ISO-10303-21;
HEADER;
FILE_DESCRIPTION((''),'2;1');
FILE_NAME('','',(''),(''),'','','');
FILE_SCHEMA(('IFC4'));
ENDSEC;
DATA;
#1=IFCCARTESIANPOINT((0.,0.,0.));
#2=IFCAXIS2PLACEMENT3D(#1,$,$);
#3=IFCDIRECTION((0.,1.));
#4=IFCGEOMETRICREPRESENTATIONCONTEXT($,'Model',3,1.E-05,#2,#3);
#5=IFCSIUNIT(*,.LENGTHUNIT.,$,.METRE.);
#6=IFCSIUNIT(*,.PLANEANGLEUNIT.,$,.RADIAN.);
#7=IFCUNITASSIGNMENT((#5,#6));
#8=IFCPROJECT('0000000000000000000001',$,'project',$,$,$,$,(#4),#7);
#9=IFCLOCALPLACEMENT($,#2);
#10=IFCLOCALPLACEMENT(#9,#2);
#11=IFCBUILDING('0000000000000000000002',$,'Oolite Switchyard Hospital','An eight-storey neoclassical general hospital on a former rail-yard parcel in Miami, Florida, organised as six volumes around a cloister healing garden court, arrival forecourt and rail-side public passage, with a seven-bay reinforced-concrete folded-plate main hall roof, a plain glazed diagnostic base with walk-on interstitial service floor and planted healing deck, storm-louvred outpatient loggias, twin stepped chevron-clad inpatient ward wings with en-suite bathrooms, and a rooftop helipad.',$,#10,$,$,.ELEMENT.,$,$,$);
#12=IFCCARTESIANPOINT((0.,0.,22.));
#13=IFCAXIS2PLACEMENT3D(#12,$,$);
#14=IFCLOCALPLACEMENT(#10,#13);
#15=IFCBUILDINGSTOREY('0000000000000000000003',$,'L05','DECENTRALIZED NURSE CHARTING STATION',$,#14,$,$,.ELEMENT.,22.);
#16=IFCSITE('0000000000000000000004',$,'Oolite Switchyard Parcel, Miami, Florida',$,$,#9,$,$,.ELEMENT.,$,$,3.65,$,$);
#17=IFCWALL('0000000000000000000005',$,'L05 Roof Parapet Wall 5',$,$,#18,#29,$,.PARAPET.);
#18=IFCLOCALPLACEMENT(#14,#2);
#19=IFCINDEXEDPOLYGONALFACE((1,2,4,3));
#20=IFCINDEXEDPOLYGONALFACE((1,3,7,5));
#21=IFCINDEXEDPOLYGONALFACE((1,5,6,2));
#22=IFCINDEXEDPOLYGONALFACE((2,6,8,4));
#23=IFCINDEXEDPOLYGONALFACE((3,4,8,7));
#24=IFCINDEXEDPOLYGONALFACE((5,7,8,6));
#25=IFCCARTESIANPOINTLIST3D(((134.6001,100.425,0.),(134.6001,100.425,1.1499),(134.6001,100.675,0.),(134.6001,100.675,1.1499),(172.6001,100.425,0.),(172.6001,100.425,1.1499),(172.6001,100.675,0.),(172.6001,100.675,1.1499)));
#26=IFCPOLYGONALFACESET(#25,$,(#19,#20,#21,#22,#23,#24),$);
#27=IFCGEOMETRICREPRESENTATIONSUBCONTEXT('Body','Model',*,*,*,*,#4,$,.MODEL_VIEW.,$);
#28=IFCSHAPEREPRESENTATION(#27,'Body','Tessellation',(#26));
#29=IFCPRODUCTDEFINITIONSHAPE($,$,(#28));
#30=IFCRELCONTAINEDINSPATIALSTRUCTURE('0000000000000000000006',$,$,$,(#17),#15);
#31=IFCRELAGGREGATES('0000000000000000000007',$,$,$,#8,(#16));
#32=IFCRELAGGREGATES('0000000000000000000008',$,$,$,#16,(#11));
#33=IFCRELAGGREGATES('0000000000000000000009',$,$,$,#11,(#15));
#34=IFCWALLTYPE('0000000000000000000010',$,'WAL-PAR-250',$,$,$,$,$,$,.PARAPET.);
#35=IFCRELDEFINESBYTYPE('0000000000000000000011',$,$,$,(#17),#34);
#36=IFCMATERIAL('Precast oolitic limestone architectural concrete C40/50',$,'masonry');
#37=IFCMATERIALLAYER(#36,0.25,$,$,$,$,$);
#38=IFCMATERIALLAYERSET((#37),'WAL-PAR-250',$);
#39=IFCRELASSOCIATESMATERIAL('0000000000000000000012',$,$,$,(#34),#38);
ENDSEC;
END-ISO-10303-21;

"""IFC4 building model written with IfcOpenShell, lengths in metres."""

from ifc_helpers import new_model, si_unit, direction, frame, frame_2d, origin, place, context, subcontext, project, spatial, rectangle, extrude, material, layer, layer_set, type_object, element, save


model = new_model("IFC4")

# Units and contexts
model_context = context("Model", 3, precision=1e-05, world=origin(), true_north=direction((0.0, 1.0)))
body_context = subcontext(model_context, "Body", "Model", "MODEL_VIEW")
ifc_project = project(units=[si_unit("LENGTHUNIT", "METRE"), si_unit("PLANEANGLEUNIT", "RADIAN")], contexts=[model_context])

# Site, building, storey
site_placement = place(None, origin())
site = spatial("IfcSite", under=ifc_project, at=site_placement, Name="Oolite Switchyard Parcel, Miami, Florida", CompositionType="ELEMENT", RefElevation=3.65)
building_placement = place(site_placement, origin())
building = spatial("IfcBuilding", under=site, at=building_placement, Name="Oolite Switchyard Hospital", Description="An eight-storey neoclassical general hospital on a former rail-yard parcel in Miami, Florida, organised as six volumes around a cloister healing garden court, arrival forecourt and rail-side public passage, with a seven-bay reinforced-concrete folded-plate main hall roof, a plain glazed diagnostic base with walk-on interstitial service floor and planted healing deck, storm-louvred outpatient loggias, twin stepped chevron-clad inpatient ward wings with en-suite bathrooms, and a rooftop helipad.", CompositionType="ELEMENT")
storey_placement = place(building_placement, frame((0.0, 0.0, 22.0)))
storey = spatial("IfcBuildingStorey", under=building, at=storey_placement, Name="L05", Description="DECENTRALIZED NURSE CHARTING STATION", CompositionType="ELEMENT", Elevation=22.0)

# Shared definitions
ifc_material_1 = material(Name="Precast oolitic limestone architectural concrete C40/50", Category="masonry")

# Wall
ifc_layer_1 = layer(ifc_material_1, 0.25)
ifc_layer_set_1 = layer_set([ifc_layer_1], Name="WAL-PAR-250")
wall_type_1 = type_object("IfcWallType", Name="WAL-PAR-250", PredefinedType="PARAPET", material=ifc_layer_set_1)
wall_1_placement = place(storey_placement, frame((134.6001, 100.55, 0.0), z_axis=(0.0, 0.0, 1.0), x_axis=(1.0, 0.0, 0.0)))
element("IfcWall", 1, at=wall_1_placement, inside=storey, type_object=wall_type_1, Name="L05 Roof Parapet Wall 5", PredefinedType="PARAPET", context=body_context, shape_type="SweptSolid", body=[
    extrude(rectangle(XDim=38.0, YDim=0.25, at=frame_2d((19.0, 0.0))), origin(), (0.0, 0.0, 1.0), 1.1499),
])

save(model, "model.ifc")
